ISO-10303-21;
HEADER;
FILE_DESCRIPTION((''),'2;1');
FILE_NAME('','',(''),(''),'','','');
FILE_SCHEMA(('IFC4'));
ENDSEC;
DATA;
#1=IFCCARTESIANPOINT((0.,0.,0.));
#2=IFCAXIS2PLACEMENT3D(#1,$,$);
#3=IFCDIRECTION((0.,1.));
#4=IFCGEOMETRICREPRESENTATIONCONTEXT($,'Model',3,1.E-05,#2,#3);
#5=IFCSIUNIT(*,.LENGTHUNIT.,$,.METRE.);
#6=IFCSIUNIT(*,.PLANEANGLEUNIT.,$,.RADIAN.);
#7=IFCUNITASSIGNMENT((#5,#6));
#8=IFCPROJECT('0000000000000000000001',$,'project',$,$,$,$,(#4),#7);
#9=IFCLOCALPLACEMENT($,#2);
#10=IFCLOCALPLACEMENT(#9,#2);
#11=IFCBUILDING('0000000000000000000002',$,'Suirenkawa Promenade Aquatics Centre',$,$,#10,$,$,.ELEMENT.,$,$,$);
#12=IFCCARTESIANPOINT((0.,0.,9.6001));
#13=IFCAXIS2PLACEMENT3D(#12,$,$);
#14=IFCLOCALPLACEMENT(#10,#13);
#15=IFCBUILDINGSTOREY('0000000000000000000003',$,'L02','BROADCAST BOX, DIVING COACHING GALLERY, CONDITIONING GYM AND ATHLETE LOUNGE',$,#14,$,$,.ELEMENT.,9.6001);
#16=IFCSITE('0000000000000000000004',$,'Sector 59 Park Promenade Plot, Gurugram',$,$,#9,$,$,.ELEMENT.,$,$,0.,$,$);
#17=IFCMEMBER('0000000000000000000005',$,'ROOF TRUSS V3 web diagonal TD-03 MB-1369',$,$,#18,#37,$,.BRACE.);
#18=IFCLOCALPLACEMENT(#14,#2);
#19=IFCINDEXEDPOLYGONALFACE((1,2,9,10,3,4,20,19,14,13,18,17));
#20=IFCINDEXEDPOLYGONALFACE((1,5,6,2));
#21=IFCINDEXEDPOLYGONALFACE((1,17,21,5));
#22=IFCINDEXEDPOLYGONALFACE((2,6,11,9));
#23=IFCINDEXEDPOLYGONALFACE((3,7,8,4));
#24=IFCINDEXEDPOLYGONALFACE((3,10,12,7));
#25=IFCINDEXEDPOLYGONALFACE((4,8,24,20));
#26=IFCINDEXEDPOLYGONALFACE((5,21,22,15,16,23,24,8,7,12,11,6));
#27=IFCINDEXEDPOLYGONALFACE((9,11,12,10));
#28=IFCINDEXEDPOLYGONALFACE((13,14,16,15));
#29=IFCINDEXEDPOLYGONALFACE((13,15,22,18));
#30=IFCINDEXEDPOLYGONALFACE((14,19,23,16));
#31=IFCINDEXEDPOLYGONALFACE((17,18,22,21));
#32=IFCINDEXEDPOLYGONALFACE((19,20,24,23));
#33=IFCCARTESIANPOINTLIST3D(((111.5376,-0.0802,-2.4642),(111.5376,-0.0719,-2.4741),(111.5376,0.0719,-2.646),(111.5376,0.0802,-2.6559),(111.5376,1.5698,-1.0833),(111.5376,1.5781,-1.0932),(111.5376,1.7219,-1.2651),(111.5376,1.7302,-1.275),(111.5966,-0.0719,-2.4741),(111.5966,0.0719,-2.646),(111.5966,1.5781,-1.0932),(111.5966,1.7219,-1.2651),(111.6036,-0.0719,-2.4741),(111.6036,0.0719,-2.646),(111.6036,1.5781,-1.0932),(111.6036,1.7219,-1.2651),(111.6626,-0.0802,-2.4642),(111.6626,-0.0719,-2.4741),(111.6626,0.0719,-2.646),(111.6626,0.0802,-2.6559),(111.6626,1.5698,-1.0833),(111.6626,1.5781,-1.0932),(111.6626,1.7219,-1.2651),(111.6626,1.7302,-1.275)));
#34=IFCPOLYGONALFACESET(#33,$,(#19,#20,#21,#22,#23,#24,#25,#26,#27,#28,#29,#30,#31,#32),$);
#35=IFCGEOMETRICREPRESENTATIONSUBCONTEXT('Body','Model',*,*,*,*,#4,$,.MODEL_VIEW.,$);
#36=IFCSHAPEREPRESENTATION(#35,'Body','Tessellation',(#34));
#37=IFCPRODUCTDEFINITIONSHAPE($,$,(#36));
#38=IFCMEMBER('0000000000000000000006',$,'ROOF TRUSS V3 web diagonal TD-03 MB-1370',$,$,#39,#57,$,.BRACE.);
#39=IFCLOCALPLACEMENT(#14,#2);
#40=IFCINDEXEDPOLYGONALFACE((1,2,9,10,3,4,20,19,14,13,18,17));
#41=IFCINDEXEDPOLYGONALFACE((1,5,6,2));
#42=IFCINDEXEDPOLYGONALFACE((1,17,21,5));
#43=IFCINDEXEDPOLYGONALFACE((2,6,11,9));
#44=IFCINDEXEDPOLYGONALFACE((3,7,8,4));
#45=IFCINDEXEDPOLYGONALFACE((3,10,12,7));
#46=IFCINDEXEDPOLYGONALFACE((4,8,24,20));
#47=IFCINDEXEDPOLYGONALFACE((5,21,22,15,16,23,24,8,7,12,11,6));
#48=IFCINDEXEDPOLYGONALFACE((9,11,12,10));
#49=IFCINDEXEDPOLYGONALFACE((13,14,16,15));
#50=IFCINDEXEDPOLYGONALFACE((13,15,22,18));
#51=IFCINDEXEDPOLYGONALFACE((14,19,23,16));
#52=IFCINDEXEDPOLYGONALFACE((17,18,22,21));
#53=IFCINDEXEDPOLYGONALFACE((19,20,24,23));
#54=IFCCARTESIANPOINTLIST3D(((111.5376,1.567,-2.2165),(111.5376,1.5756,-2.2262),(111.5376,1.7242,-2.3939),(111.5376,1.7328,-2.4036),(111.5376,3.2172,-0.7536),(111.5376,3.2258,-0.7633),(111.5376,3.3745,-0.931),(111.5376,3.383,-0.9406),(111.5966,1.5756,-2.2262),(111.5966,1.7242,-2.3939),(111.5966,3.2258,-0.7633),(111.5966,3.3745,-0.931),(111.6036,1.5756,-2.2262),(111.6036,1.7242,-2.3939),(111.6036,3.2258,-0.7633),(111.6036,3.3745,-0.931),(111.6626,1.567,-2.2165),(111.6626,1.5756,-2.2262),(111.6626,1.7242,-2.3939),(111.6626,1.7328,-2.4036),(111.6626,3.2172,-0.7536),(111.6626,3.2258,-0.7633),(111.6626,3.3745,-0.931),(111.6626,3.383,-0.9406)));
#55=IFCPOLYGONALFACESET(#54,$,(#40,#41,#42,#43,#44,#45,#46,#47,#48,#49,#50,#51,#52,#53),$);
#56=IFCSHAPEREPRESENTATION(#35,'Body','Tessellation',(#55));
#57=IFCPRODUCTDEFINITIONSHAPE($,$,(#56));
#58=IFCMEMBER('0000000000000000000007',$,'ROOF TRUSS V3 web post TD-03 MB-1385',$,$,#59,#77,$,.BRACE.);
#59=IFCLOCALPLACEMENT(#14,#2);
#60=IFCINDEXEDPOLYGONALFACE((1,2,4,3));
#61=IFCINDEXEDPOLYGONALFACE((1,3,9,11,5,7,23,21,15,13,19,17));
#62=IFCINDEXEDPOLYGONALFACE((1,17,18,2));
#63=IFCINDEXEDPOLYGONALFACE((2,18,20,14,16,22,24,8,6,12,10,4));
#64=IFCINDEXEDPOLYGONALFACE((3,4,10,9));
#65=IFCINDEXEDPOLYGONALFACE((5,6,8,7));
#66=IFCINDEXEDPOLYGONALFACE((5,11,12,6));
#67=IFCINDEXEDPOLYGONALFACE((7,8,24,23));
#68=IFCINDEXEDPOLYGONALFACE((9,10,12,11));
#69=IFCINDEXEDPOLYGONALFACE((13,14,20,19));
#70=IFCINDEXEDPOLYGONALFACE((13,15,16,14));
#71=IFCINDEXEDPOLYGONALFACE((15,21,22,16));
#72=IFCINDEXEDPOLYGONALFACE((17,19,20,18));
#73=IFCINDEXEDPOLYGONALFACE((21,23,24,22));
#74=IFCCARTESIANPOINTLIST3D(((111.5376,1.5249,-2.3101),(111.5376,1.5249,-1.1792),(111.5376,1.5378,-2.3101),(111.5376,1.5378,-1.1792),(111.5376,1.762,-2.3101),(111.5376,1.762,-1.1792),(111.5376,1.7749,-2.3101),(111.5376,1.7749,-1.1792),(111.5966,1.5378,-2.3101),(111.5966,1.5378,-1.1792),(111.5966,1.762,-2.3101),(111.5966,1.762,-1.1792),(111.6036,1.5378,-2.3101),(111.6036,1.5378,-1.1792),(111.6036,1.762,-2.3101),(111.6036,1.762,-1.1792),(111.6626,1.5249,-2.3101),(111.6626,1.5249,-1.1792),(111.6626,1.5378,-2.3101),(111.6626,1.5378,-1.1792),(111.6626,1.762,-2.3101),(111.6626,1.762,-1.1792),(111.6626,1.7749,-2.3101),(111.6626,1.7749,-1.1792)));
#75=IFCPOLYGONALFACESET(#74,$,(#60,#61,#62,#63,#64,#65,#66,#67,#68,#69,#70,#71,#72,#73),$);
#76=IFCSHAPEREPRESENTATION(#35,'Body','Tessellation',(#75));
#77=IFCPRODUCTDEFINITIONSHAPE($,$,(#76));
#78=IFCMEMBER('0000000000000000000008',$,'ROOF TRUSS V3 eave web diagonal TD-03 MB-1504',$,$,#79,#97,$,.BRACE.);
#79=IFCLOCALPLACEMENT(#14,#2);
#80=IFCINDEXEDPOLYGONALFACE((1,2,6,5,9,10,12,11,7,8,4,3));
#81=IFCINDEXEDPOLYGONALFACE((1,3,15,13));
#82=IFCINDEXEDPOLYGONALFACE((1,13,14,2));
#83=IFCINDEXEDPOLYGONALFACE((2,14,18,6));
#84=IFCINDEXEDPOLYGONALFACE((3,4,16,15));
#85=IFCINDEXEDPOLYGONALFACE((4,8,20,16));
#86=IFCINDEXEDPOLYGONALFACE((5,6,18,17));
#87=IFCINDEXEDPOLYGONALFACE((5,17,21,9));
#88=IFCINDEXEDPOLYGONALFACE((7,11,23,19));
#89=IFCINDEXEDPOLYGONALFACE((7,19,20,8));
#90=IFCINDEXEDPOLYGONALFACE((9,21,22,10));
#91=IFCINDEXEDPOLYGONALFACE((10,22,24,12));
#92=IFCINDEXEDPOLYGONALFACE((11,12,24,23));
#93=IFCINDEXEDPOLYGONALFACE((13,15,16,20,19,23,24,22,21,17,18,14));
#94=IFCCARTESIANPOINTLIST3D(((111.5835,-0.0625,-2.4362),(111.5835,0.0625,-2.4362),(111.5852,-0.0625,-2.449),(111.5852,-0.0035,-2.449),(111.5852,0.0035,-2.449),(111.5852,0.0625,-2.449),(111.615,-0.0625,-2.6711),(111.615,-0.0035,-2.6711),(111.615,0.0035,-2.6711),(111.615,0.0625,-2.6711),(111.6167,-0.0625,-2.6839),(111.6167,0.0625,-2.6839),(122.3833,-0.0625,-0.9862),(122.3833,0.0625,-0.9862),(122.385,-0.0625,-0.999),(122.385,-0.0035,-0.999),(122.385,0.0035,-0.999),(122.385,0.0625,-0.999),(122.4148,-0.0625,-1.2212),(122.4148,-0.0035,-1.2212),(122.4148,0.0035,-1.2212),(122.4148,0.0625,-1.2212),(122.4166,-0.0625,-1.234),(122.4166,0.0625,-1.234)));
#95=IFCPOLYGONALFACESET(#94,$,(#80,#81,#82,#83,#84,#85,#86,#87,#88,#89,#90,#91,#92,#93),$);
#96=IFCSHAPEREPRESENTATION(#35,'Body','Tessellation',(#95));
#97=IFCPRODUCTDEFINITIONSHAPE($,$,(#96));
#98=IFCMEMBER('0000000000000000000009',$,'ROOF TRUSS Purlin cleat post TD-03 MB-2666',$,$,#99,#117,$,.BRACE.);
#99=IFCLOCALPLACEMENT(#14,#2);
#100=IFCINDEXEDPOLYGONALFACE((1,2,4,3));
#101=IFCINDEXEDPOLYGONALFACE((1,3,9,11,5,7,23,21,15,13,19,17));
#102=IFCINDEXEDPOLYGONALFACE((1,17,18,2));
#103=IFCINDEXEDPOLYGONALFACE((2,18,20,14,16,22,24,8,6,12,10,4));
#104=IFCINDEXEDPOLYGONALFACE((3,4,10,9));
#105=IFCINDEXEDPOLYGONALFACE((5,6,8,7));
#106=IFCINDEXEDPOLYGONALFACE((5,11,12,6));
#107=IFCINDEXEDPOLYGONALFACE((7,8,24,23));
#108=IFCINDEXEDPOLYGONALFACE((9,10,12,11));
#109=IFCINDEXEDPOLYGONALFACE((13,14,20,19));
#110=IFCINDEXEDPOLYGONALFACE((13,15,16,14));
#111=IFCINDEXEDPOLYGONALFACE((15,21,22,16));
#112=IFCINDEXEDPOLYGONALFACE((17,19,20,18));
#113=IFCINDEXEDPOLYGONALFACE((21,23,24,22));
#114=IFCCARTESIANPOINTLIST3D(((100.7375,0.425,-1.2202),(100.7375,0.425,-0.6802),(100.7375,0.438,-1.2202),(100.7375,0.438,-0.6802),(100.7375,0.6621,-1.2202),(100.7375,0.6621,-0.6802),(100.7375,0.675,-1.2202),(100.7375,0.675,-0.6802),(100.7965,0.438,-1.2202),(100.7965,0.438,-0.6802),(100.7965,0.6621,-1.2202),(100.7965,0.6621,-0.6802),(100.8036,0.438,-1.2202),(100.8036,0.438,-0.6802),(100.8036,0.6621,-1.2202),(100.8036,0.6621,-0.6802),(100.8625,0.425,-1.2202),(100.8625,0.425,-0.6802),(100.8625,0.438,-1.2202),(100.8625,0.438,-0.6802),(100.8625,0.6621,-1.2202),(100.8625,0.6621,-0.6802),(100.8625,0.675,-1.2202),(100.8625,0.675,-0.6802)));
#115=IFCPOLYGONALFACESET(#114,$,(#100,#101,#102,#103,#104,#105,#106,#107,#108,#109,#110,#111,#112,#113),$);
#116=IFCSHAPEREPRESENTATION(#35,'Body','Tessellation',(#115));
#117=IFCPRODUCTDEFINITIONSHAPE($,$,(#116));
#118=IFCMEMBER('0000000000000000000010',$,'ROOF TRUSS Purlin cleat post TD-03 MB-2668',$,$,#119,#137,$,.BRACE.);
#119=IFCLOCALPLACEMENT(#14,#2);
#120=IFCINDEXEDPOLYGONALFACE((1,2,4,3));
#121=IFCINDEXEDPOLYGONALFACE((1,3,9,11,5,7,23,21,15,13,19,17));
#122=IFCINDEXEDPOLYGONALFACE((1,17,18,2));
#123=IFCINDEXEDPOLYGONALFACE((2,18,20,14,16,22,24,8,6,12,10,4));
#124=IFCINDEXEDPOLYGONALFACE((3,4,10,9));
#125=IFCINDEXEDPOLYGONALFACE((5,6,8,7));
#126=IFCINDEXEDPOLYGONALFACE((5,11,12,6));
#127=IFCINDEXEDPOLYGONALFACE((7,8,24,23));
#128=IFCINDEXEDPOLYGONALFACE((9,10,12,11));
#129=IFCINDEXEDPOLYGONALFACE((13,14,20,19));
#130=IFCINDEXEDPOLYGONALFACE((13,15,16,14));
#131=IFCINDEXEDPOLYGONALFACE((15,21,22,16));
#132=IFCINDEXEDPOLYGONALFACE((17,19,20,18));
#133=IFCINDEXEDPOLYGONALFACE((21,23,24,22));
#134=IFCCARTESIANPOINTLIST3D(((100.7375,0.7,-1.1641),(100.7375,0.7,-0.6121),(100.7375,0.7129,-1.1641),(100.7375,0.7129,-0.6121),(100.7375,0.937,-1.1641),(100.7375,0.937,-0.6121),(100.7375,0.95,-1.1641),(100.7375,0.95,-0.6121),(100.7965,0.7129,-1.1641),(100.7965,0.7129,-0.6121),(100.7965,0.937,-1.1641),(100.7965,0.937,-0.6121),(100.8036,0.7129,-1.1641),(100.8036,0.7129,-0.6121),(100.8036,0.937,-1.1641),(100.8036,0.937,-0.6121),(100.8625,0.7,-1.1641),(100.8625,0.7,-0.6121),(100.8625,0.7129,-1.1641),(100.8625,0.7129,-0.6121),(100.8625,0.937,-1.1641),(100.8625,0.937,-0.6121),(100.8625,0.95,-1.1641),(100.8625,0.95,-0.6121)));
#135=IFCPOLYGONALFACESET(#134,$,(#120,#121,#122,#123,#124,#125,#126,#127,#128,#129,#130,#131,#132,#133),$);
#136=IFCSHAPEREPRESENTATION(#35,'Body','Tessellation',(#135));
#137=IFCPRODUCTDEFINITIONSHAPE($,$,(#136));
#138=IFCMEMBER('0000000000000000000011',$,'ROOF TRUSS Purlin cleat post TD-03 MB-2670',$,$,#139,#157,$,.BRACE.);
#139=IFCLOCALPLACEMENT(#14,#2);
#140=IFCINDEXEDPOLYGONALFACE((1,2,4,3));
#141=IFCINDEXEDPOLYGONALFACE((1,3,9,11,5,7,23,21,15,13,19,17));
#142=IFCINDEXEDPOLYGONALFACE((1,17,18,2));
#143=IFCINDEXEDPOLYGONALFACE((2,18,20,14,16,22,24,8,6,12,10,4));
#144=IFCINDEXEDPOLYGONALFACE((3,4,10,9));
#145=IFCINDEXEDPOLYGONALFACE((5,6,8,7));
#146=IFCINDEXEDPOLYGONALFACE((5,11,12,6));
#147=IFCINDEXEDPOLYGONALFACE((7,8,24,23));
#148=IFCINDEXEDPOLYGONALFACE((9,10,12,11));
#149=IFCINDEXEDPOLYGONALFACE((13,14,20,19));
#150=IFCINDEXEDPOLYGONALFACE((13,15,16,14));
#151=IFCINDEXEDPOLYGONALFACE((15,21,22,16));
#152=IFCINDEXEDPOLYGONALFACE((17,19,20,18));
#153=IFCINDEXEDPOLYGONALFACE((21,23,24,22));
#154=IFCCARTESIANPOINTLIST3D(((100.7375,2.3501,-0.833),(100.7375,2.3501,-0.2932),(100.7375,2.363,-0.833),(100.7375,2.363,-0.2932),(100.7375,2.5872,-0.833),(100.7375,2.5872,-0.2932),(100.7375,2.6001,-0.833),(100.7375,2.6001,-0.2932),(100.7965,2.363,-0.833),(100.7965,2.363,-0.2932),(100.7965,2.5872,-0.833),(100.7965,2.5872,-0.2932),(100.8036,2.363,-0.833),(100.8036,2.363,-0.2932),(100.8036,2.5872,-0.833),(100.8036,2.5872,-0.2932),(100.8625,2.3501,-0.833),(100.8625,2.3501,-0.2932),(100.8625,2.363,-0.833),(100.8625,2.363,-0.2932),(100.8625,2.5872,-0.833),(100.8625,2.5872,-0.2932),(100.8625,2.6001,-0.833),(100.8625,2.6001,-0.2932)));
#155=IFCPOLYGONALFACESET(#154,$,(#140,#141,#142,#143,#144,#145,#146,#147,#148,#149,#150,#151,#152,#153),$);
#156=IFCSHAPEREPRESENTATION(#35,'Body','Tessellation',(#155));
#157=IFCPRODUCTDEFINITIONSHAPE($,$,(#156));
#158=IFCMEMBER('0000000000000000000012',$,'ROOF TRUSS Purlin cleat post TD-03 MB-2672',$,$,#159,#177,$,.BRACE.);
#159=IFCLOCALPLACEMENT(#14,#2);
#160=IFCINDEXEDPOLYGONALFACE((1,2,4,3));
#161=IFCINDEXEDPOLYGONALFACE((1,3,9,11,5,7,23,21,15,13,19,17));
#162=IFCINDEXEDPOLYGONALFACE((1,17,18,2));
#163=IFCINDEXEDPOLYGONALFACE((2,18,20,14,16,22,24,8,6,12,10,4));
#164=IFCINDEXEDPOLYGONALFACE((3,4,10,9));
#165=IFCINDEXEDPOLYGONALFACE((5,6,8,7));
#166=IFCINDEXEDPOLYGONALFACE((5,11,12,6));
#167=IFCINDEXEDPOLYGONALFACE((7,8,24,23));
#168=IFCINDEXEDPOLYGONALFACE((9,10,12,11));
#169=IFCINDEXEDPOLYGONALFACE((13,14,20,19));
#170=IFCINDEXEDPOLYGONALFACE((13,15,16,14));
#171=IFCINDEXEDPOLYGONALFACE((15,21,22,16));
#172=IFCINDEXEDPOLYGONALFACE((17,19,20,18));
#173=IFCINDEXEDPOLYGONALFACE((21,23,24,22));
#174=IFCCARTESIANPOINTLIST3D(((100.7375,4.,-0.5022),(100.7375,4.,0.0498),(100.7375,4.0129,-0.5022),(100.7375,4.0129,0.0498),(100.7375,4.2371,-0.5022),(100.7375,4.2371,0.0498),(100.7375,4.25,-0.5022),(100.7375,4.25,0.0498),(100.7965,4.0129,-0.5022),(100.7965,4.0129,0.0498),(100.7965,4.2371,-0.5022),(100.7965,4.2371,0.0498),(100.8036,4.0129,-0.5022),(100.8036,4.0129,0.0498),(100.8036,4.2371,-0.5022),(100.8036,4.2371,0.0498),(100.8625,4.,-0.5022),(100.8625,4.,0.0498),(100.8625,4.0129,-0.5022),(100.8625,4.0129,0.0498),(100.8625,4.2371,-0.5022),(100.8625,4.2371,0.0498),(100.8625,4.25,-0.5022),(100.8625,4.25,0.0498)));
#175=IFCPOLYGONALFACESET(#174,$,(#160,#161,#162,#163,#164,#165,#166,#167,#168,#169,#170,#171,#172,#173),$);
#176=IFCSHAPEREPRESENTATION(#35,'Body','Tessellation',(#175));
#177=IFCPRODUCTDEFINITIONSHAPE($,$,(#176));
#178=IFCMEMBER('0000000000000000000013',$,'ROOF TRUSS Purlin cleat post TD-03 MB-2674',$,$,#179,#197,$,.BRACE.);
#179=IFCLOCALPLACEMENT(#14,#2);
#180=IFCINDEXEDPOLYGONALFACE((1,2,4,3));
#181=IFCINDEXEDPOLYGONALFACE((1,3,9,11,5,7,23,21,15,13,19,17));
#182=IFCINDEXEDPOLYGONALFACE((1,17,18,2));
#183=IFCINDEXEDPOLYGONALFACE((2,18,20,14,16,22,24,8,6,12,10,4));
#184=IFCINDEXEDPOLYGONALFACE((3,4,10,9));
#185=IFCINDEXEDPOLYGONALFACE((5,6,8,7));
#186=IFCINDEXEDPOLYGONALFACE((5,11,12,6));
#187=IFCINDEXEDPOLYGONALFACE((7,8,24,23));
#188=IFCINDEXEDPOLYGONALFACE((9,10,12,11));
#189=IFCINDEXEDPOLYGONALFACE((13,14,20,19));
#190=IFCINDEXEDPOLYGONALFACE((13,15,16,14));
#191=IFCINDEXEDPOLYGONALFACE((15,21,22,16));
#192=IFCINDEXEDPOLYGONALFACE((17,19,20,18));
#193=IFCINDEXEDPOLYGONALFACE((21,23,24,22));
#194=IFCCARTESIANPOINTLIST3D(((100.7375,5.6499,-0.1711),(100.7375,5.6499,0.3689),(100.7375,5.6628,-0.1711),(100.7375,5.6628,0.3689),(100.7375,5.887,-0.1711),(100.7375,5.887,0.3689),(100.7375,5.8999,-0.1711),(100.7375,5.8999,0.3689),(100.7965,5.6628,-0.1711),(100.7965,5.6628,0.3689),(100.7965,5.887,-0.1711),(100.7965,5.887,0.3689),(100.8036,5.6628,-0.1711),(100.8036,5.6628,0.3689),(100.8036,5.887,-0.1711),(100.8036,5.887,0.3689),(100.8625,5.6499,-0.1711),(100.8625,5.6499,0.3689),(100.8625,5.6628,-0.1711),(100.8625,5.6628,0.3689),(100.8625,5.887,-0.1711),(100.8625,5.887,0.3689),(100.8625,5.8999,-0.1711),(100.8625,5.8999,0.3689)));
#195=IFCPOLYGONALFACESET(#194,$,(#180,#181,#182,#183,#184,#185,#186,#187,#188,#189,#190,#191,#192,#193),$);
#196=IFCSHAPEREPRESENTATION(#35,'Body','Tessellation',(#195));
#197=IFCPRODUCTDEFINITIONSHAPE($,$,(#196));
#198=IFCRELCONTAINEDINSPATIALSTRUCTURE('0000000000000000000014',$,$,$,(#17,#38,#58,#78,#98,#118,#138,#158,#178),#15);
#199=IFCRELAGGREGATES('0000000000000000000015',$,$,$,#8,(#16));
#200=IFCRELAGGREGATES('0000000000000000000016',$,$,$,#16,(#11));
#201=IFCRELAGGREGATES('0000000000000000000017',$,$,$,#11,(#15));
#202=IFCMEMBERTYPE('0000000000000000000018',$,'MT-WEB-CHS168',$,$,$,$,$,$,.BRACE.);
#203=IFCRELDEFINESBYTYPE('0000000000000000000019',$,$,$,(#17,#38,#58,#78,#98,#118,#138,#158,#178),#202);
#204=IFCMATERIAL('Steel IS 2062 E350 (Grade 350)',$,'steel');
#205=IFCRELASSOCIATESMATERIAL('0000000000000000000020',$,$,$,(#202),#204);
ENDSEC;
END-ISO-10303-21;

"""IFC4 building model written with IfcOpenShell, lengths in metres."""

from ifc_helpers import new_model, si_unit, direction, frame, origin, origin_2d, place, context, subcontext, project, spatial, i_section, extrude, material, material_profile, profile_set, type_object, element, save


model = new_model("IFC4")

# Units and contexts
model_context = context("Model", 3, precision=1e-05, world=origin(), true_north=direction((0.0, 1.0)))
body_context = subcontext(model_context, "Body", "Model", "MODEL_VIEW")
ifc_project = project(units=[si_unit("LENGTHUNIT", "METRE"), si_unit("PLANEANGLEUNIT", "RADIAN")], contexts=[model_context])

# Site, building, storey
site_placement = place(None, origin())
site = spatial("IfcSite", under=ifc_project, at=site_placement, Name="Sector 59 Park Promenade Plot, Gurugram", CompositionType="ELEMENT", RefElevation=0.0)
building_placement = place(site_placement, origin())
building = spatial("IfcBuilding", under=site, at=building_placement, Name="Suirenkawa Promenade Aquatics Centre", CompositionType="ELEMENT")
storey_placement = place(building_placement, frame((0.0, 0.0, 9.6001)))
storey = spatial("IfcBuildingStorey", under=building, at=storey_placement, Name="L02", Description="BROADCAST BOX, DIVING COACHING GALLERY, CONDITIONING GYM AND ATHLETE LOUNGE", CompositionType="ELEMENT", Elevation=9.6001)

# Shared definitions
ifc_material_1 = material(Name="Steel IS 2062 E350 (Grade 350)", Category="steel")

# Members
ifc_material_profile_1 = material_profile(ifc_material_1, i_section(OverallWidth=0.125, OverallDepth=0.25, WebThickness=0.0071, FlangeThickness=0.0129, at=origin_2d()), Name="ISMB 250", Category="steel")
ifc_profile_set_1 = profile_set([ifc_material_profile_1], Name="Steel IS 2062 E350 (Grade 350)")
member_type_1 = type_object("IfcMemberType", Name="MT-WEB-CHS168", PredefinedType="BRACE", material=ifc_profile_set_1)
member_1_placement = place(storey_placement, frame((111.6001, 0.0, -2.5601), z_axis=(0.0, 0.766862, 0.641813), x_axis=(-1.0, 0.0, 0.0)))
element("IfcMember", 1, at=member_1_placement, inside=storey, type_object=member_type_1, Name="ROOF TRUSS V3 web diagonal TD-03 MB-1369", PredefinedType="BRACE", context=body_context, shape_type="SweptSolid", body=[
    extrude(i_section(OverallWidth=0.125, OverallDepth=0.25, WebThickness=0.0071, FlangeThickness=0.0129, at=origin_2d()), origin(), (0.0, 0.0, 1.0), 2.1516),
])
member_2_placement = place(storey_placement, frame((111.6001, 1.6499, -2.3101), z_axis=(0.0, 0.748288, 0.663374), x_axis=(-1.0, 0.0, 0.0)))
element("IfcMember", 2, at=member_2_placement, inside=storey, type_object=member_type_1, Name="ROOF TRUSS V3 web diagonal TD-03 MB-1370", PredefinedType="BRACE", context=body_context, shape_type="SweptSolid", body=[
    extrude(i_section(OverallWidth=0.125, OverallDepth=0.25, WebThickness=0.0071, FlangeThickness=0.0129, at=origin_2d()), origin(), (0.0, 0.0, 1.0), 2.2053),
])
member_3_placement = place(storey_placement, frame((111.6001, 1.6499, -2.3101), z_axis=(0.0, 0.0, 1.0), x_axis=(1.0, 0.0, 0.0)))
element("IfcMember", 3, at=member_3_placement, inside=storey, type_object=member_type_1, Name="ROOF TRUSS V3 web post TD-03 MB-1385", PredefinedType="BRACE", context=body_context, shape_type="SweptSolid", body=[
    extrude(i_section(OverallWidth=0.125, OverallDepth=0.25, WebThickness=0.0071, FlangeThickness=0.0129, at=origin_2d()), origin(), (0.0, 0.0, 1.0), 1.1309),
])
member_4_placement = place(storey_placement, frame((111.6001, 0.0, -2.5601), z_axis=(0.991108, 0.0, 0.133063), x_axis=(0.0, 1.0, 0.0)))
element("IfcMember", 4, at=member_4_placement, inside=storey, type_object=member_type_1, Name="ROOF TRUSS V3 eave web diagonal TD-03 MB-1504", PredefinedType="BRACE", context=body_context, shape_type="SweptSolid", body=[
    extrude(i_section(OverallWidth=0.125, OverallDepth=0.25, WebThickness=0.0071, FlangeThickness=0.0129, at=origin_2d()), origin(), (0.0, 0.0, 1.0), 10.8967),
])
member_5_placement = place(storey_placement, frame((100.8, 0.55, -1.2202), z_axis=(0.0, 0.0, 1.0), x_axis=(1.0, 0.0, 0.0)))
element("IfcMember", 5, at=member_5_placement, inside=storey, type_object=member_type_1, Name="ROOF TRUSS Purlin cleat post TD-03 MB-2666", PredefinedType="BRACE", context=body_context, shape_type="SweptSolid", body=[
    extrude(i_section(OverallWidth=0.125, OverallDepth=0.25, WebThickness=0.0071, FlangeThickness=0.0129, at=origin_2d()), origin(), (0.0, 0.0, 1.0), 0.54),
])
member_6_placement = place(storey_placement, frame((100.8, 0.825, -1.1641), z_axis=(0.0, 0.0, 1.0), x_axis=(1.0, 0.0, 0.0)))
element("IfcMember", 6, at=member_6_placement, inside=storey, type_object=member_type_1, Name="ROOF TRUSS Purlin cleat post TD-03 MB-2668", PredefinedType="BRACE", context=body_context, shape_type="SweptSolid", body=[
    extrude(i_section(OverallWidth=0.125, OverallDepth=0.25, WebThickness=0.0071, FlangeThickness=0.0129, at=origin_2d()), origin(), (0.0, 0.0, 1.0), 0.552),
])
member_7_placement = place(storey_placement, frame((100.8, 2.4751, -0.833), z_axis=(0.0, 0.0, 1.0), x_axis=(1.0, 0.0, 0.0)))
element("IfcMember", 7, at=member_7_placement, inside=storey, type_object=member_type_1, Name="ROOF TRUSS Purlin cleat post TD-03 MB-2670", PredefinedType="BRACE", context=body_context, shape_type="SweptSolid", body=[
    extrude(i_section(OverallWidth=0.125, OverallDepth=0.25, WebThickness=0.0071, FlangeThickness=0.0129, at=origin_2d()), origin(), (0.0, 0.0, 1.0), 0.5398),
])
member_8_placement = place(storey_placement, frame((100.8, 4.125, -0.5022), z_axis=(0.0, 0.0, 1.0), x_axis=(1.0, 0.0, 0.0)))
element("IfcMember", 8, at=member_8_placement, inside=storey, type_object=member_type_1, Name="ROOF TRUSS Purlin cleat post TD-03 MB-2672", PredefinedType="BRACE", context=body_context, shape_type="SweptSolid", body=[
    extrude(i_section(OverallWidth=0.125, OverallDepth=0.25, WebThickness=0.0071, FlangeThickness=0.0129, at=origin_2d()), origin(), (0.0, 0.0, 1.0), 0.552),
])
member_9_placement = place(storey_placement, frame((100.8, 5.7749, -0.1711), z_axis=(0.0, 0.0, 1.0), x_axis=(1.0, 0.0, 0.0)))
element("IfcMember", 9, at=member_9_placement, inside=storey, type_object=member_type_1, Name="ROOF TRUSS Purlin cleat post TD-03 MB-2674", PredefinedType="BRACE", context=body_context, shape_type="SweptSolid", body=[
    extrude(i_section(OverallWidth=0.125, OverallDepth=0.25, WebThickness=0.0071, FlangeThickness=0.0129, at=origin_2d()), origin(), (0.0, 0.0, 1.0), 0.54),
])

save(model, "model.ifc")
